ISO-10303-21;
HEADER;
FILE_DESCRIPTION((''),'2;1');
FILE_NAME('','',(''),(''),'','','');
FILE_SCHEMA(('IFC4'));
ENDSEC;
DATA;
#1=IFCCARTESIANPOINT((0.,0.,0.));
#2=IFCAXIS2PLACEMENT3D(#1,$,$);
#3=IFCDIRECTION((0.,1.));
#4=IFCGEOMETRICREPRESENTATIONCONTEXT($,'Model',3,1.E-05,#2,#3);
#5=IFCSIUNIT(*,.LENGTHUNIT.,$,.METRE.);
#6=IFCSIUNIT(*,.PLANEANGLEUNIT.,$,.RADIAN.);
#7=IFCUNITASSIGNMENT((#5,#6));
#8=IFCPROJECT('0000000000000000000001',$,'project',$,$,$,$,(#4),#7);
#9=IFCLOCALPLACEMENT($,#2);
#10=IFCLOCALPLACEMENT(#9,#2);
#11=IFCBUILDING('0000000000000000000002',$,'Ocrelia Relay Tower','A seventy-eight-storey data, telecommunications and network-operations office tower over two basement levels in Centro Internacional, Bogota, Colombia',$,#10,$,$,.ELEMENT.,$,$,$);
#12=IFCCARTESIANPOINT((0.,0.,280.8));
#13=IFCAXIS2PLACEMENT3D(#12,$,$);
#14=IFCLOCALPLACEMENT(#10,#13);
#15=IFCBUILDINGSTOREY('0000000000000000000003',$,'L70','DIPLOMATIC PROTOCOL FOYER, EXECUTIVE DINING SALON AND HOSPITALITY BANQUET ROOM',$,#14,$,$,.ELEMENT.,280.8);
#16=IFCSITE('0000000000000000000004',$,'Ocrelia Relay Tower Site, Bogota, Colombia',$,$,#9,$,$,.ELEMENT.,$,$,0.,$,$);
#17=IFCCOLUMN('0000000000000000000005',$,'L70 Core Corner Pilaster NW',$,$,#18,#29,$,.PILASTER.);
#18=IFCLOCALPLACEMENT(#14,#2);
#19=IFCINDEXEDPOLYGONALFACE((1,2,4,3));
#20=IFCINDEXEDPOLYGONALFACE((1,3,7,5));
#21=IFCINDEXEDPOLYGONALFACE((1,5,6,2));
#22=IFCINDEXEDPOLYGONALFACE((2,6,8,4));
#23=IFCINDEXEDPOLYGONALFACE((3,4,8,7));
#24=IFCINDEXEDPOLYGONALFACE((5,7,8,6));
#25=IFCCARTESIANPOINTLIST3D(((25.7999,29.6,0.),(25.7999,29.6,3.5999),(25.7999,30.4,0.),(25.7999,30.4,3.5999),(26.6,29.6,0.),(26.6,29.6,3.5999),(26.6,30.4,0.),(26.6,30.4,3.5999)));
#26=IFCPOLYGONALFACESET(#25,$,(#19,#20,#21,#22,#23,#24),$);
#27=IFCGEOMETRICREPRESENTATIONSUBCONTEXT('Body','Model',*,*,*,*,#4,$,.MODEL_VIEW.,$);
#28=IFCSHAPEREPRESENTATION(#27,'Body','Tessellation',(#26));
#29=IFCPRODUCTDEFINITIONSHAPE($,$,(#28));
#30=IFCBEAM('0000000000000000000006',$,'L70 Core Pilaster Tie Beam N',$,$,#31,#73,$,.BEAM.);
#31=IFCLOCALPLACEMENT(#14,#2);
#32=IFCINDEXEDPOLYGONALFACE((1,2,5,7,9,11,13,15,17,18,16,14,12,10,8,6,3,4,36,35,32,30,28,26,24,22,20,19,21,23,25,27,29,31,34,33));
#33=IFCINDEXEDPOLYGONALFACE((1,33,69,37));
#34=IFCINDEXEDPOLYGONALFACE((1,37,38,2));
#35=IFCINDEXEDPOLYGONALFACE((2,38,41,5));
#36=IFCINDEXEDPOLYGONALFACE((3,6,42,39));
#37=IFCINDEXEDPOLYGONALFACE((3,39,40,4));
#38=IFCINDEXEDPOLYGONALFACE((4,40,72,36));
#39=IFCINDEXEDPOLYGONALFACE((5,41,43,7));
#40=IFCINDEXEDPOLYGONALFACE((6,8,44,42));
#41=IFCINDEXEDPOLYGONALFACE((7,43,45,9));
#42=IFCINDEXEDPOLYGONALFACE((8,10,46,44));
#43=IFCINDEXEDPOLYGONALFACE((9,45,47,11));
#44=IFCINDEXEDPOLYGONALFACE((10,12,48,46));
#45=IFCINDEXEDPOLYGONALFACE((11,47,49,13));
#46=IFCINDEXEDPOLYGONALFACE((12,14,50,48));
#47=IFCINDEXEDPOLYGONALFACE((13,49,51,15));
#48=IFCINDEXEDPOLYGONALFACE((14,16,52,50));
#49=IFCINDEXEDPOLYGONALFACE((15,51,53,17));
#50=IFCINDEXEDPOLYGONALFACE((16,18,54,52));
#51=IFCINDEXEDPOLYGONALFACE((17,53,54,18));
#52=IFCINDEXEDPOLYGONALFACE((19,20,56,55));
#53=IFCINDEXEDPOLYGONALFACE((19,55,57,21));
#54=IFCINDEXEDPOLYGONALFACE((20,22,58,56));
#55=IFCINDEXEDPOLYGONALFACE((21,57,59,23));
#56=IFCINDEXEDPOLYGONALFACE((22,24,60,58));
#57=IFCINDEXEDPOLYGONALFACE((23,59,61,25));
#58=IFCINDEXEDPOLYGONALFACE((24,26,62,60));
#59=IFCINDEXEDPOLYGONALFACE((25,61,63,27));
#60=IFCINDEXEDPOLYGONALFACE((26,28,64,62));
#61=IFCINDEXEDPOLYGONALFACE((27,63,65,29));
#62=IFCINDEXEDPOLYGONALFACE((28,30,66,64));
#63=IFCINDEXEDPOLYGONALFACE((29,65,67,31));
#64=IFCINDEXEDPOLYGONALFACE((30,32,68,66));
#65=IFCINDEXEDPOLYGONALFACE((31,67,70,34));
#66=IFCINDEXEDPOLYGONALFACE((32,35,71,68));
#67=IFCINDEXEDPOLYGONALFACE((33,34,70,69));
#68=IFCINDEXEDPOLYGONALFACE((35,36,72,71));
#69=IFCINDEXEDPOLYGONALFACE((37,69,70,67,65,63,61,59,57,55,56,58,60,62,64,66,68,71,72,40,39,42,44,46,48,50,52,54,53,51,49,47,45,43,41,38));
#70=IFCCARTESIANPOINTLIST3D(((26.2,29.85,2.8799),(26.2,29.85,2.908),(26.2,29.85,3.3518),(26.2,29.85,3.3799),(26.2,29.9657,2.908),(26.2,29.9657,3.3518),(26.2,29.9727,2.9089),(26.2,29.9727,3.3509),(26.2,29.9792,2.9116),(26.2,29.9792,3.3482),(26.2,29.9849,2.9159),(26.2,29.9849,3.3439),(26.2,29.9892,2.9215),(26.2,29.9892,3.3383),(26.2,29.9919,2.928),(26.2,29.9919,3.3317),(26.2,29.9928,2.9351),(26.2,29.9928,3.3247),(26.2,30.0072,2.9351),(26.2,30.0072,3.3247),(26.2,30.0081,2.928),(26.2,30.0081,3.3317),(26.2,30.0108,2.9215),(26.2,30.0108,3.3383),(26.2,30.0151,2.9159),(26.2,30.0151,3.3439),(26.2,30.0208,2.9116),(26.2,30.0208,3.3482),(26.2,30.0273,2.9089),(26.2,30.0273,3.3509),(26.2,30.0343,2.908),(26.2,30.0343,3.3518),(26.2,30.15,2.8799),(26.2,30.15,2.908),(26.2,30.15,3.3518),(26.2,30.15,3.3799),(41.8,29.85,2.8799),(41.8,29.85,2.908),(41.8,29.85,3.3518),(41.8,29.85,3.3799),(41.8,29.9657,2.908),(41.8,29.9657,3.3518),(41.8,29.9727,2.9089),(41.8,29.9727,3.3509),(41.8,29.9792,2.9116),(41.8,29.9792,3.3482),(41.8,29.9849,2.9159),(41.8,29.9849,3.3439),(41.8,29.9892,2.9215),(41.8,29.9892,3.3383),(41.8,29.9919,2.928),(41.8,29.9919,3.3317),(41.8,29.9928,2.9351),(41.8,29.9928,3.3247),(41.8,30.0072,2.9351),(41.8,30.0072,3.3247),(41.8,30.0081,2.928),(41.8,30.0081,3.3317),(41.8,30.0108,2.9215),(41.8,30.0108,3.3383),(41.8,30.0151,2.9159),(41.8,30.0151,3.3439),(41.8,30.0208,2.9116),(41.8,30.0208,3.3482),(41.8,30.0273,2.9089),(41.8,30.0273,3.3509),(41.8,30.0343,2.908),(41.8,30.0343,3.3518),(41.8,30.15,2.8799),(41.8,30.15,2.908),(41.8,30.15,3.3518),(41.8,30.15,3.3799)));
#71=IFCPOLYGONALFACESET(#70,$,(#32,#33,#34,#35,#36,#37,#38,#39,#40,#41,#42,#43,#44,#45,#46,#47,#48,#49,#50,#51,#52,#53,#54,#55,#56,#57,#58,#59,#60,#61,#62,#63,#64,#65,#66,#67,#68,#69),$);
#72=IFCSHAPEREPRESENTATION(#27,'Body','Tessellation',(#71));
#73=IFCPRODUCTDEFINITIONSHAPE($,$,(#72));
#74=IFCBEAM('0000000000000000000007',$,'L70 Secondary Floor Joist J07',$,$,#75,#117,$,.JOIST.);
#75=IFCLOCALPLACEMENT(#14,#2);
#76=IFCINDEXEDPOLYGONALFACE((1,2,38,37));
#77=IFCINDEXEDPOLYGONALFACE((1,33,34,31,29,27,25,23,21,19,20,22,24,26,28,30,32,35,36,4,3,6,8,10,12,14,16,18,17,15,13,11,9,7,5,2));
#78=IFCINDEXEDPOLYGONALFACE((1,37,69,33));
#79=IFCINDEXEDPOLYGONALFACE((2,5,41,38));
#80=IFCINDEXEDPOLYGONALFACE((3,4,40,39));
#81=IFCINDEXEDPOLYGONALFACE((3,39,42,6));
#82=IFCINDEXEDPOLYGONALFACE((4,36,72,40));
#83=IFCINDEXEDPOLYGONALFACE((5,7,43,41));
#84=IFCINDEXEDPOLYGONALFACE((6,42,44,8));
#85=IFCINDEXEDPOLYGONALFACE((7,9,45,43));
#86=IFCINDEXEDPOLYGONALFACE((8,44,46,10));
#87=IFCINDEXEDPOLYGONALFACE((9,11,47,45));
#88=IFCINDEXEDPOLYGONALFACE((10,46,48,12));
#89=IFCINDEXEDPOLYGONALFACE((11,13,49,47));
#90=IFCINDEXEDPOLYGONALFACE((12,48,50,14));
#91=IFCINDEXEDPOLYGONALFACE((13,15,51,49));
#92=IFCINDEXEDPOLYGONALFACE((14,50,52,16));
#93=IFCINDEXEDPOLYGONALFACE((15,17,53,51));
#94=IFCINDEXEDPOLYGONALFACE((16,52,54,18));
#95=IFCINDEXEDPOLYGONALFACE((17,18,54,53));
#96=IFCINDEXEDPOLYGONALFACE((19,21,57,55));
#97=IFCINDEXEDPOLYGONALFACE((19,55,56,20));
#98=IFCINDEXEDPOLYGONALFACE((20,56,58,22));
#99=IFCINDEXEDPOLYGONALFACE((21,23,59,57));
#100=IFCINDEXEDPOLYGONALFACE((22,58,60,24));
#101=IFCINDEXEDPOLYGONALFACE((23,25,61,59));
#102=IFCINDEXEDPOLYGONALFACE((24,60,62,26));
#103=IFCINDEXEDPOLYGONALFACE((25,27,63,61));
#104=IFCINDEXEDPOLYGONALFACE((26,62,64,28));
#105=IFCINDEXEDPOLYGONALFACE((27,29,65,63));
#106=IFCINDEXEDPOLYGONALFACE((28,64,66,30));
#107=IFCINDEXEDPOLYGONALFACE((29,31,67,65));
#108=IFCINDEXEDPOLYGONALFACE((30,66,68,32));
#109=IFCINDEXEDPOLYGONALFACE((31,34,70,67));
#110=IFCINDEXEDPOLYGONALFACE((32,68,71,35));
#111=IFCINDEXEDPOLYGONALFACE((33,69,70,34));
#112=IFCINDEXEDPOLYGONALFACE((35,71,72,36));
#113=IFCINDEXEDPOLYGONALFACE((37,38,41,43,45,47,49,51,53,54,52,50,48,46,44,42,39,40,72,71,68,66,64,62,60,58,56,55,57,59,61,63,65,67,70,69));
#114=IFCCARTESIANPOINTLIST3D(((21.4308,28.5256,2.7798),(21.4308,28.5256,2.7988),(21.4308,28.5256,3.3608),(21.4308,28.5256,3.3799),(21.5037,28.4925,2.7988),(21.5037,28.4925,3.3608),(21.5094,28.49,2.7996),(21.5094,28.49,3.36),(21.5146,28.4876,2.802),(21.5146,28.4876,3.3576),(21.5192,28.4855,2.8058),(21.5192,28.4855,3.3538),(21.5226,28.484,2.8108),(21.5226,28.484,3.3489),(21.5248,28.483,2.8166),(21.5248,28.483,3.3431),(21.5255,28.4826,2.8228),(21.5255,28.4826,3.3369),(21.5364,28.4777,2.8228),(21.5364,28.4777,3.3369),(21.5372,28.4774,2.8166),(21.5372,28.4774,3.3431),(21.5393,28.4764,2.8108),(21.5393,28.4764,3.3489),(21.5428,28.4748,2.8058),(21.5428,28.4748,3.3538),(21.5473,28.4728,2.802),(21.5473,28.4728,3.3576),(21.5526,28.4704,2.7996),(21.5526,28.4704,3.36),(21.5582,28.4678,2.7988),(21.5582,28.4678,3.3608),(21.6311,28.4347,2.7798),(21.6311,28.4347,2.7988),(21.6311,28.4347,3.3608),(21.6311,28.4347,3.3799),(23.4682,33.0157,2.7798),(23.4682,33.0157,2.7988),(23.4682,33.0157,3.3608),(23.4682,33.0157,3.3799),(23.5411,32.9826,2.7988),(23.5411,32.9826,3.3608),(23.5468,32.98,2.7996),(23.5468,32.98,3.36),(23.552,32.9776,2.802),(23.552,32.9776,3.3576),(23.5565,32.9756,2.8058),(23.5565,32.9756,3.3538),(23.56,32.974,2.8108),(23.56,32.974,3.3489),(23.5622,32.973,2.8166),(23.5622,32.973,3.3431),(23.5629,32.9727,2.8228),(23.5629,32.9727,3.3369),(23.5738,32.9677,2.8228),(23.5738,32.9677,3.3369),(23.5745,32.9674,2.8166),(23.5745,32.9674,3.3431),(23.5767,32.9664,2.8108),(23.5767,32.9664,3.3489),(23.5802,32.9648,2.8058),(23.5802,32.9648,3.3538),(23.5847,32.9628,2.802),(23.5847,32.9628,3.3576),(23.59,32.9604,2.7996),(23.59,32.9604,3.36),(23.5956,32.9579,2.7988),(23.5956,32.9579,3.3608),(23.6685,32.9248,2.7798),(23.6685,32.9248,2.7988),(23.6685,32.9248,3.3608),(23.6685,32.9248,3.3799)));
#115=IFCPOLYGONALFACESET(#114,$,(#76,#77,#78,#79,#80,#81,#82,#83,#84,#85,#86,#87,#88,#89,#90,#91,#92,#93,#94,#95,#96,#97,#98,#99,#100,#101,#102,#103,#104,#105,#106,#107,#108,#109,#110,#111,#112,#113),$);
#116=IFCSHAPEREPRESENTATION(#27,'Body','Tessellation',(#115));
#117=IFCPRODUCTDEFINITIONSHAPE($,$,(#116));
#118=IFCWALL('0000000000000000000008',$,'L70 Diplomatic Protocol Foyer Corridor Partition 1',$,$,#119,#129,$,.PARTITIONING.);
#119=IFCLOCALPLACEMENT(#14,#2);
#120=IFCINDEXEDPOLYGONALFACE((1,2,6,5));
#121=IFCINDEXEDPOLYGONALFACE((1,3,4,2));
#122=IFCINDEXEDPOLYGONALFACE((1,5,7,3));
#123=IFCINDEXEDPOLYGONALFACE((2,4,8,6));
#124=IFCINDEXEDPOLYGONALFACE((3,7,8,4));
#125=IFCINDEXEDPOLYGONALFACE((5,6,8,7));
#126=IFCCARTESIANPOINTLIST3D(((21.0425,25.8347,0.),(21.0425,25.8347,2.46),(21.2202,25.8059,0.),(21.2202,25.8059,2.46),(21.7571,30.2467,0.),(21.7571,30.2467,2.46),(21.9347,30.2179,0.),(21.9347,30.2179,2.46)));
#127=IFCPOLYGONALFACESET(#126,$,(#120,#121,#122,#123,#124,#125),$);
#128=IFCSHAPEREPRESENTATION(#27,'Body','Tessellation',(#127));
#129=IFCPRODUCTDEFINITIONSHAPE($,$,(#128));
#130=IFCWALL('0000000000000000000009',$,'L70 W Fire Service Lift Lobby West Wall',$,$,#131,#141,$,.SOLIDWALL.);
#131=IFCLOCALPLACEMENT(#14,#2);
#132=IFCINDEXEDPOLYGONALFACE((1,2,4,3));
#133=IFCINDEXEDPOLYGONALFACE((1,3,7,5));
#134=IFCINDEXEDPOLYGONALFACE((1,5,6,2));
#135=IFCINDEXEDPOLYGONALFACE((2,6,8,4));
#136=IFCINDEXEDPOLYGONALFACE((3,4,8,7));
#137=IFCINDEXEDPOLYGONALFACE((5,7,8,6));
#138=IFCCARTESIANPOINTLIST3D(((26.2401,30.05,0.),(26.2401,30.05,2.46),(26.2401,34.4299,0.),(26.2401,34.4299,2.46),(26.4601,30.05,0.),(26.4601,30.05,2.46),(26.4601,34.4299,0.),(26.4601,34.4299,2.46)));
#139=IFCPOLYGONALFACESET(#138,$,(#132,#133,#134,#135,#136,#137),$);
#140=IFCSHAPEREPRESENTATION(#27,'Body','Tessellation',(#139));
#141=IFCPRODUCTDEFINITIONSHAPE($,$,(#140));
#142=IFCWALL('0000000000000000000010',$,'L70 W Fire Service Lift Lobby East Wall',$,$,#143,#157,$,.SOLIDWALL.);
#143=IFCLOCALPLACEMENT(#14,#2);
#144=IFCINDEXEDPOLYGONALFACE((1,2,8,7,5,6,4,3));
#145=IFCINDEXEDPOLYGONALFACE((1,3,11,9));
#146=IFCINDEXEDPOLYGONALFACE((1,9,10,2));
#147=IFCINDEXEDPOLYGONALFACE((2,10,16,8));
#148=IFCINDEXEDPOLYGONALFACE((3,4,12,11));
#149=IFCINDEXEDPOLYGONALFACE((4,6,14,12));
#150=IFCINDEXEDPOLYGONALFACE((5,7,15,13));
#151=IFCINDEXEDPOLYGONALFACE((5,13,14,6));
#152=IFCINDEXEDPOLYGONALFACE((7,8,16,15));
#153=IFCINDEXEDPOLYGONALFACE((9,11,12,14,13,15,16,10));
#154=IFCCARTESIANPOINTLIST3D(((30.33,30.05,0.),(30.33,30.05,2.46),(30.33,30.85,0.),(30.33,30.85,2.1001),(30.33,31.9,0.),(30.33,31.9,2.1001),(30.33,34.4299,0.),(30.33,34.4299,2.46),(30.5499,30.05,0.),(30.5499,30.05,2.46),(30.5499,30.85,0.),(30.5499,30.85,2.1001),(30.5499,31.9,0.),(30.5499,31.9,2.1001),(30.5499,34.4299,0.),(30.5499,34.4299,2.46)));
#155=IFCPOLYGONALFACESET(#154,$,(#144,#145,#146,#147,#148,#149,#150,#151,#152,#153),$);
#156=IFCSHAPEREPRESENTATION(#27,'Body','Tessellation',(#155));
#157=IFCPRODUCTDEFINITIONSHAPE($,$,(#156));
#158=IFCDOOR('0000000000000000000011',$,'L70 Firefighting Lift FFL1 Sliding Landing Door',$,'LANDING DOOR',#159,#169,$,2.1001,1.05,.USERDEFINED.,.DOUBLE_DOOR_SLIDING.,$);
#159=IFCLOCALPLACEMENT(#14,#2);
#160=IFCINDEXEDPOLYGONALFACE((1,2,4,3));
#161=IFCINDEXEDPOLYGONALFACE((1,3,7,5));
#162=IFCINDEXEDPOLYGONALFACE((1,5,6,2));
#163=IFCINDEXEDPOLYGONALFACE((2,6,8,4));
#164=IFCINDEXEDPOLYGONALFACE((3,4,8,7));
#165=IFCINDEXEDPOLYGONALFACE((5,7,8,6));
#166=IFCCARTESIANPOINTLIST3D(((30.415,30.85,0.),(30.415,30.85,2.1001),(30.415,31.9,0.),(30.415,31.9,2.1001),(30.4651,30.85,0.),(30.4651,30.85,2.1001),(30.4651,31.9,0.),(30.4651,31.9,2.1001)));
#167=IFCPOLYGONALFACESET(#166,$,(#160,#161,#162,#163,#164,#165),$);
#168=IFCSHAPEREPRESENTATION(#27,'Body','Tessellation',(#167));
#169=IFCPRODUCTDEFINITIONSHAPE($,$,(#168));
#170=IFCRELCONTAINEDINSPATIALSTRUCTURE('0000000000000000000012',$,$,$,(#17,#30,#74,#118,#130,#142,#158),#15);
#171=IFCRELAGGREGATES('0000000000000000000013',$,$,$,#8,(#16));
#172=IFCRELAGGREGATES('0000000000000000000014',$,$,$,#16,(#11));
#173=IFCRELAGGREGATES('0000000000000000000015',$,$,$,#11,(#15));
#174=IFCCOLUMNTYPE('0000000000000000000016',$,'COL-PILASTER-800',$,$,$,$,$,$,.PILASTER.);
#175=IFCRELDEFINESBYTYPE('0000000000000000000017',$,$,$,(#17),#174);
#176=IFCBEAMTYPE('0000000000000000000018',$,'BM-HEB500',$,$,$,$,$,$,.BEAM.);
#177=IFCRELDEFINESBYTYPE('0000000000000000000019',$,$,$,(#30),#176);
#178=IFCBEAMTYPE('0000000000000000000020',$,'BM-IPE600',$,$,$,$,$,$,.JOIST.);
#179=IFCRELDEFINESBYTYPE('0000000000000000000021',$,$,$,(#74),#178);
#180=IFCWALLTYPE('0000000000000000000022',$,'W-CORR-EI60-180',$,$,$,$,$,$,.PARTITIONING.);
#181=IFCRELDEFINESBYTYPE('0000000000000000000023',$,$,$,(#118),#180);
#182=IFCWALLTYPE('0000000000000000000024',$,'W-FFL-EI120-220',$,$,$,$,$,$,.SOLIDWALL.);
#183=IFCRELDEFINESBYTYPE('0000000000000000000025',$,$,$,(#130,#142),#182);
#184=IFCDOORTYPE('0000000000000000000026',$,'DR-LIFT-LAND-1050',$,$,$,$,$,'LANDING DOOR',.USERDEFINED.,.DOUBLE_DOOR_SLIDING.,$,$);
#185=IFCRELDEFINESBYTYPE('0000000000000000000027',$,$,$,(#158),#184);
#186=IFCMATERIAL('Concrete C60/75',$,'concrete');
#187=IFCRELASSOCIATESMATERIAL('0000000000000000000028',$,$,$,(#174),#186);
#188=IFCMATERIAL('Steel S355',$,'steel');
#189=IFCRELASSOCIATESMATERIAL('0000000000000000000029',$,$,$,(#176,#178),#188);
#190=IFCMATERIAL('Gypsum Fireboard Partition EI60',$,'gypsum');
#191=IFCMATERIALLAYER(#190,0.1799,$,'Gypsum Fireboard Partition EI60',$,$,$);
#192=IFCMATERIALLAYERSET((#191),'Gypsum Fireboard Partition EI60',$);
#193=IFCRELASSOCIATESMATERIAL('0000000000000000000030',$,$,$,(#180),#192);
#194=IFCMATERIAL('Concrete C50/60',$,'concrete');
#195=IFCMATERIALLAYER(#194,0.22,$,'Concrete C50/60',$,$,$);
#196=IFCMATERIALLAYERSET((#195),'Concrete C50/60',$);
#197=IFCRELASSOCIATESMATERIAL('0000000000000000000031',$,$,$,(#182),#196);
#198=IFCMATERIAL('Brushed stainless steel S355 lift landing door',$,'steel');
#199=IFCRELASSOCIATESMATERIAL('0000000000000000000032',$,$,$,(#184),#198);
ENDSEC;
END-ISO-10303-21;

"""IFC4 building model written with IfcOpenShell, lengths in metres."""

from ifc_helpers import new_model, si_unit, direction, frame, frame_2d, origin, origin_2d, place, context, subcontext, project, spatial, rectangle, i_section, extrude, material, layer, layer_set, material_profile, profile_set, type_object, element, fill, save


model = new_model("IFC4")

# Units and contexts
model_context = context("Model", 3, precision=1e-05, world=origin(), true_north=direction((0.0, 1.0)))
body_context = subcontext(model_context, "Body", "Model", "MODEL_VIEW")
ifc_project = project(units=[si_unit("LENGTHUNIT", "METRE"), si_unit("PLANEANGLEUNIT", "RADIAN")], contexts=[model_context])

# Site, building, storey
site_placement = place(None, origin())
site = spatial("IfcSite", under=ifc_project, at=site_placement, Name="Ocrelia Relay Tower Site, Bogota, Colombia", CompositionType="ELEMENT", RefElevation=0.0)
building_placement = place(site_placement, origin())
building = spatial("IfcBuilding", under=site, at=building_placement, Name="Ocrelia Relay Tower", Description="A seventy-eight-storey data, telecommunications and network-operations office tower over two basement levels in Centro Internacional, Bogota, Colombia", CompositionType="ELEMENT")
storey_placement = place(building_placement, frame((0.0, 0.0, 280.8)))
storey = spatial("IfcBuildingStorey", under=building, at=storey_placement, Name="L70", Description="DIPLOMATIC PROTOCOL FOYER, EXECUTIVE DINING SALON AND HOSPITALITY BANQUET ROOM", CompositionType="ELEMENT", Elevation=280.8)

# Column
ifc_material_1 = material(Name="Concrete C60/75", Category="concrete")
ifc_material_profile_1 = material_profile(ifc_material_1, rectangle(XDim=0.8, YDim=0.8, at=origin_2d()), Name="RC-COL-800x800")
ifc_profile_set_1 = profile_set([ifc_material_profile_1], Name="Concrete C60/75")
column_type = type_object("IfcColumnType", Name="COL-PILASTER-800", PredefinedType="PILASTER", material=ifc_profile_set_1)
column_placement = place(storey_placement, frame((26.2, 30.0, 0.0), z_axis=(0.0, 0.0, 1.0), x_axis=(1.0, 0.0, 0.0)))
element("IfcColumn", 1, at=column_placement, inside=storey, type_object=column_type, Name="L70 Core Corner Pilaster NW", PredefinedType="PILASTER", context=body_context, shape_type="SweptSolid", body=[
    extrude(rectangle(XDim=0.8, YDim=0.8, at=origin_2d()), origin(), (0.0, 0.0, 1.0), 3.5999),
])

# Beams
ifc_material_2 = material(Name="Steel S355", Category="steel")
ifc_material_profile_2 = material_profile(ifc_material_2, i_section(OverallWidth=0.3, OverallDepth=0.5, WebThickness=0.0144, FlangeThickness=0.0281, FilletRadius=0.0271, at=origin_2d()), Name="HEB 500")
ifc_profile_set_2 = profile_set([ifc_material_profile_2], Name="Steel S355")
beam_type_1 = type_object("IfcBeamType", Name="BM-HEB500", PredefinedType="BEAM", material=ifc_profile_set_2)
beam_1_placement = place(storey_placement, frame((26.2, 30.0, 3.1299), z_axis=(1.0, 0.0, 0.0), x_axis=(0.0, 1.0, 0.0)))
element("IfcBeam", 2, at=beam_1_placement, inside=storey, type_object=beam_type_1, Name="L70 Core Pilaster Tie Beam N", PredefinedType="BEAM", context=body_context, shape_type="SweptSolid", body=[
    extrude(i_section(OverallWidth=0.3, OverallDepth=0.5, WebThickness=0.0144, FlangeThickness=0.0281, FilletRadius=0.0271, at=origin_2d()), origin(), (0.0, 0.0, 1.0), 15.6001),
])
ifc_material_profile_3 = material_profile(ifc_material_2, i_section(OverallWidth=0.22, OverallDepth=0.6001, WebThickness=0.012, FlangeThickness=0.019, FilletRadius=0.0239, at=origin_2d()), Name="IPE 600")
ifc_profile_set_3 = profile_set([ifc_material_profile_3], Name="Steel S355")
beam_type_2 = type_object("IfcBeamType", Name="BM-IPE600", PredefinedType="JOIST", material=ifc_profile_set_3)
beam_2_placement = place(storey_placement, frame((23.5684, 32.9702, 3.0798), z_axis=(-0.413206, -0.910638, 0.0), x_axis=(0.910638, -0.413206, 0.0)))
element("IfcBeam", 3, at=beam_2_placement, inside=storey, type_object=beam_type_2, Name="L70 Secondary Floor Joist J07", PredefinedType="JOIST", context=body_context, shape_type="SweptSolid", body=[
    extrude(i_section(OverallWidth=0.22, OverallDepth=0.6001, WebThickness=0.012, FlangeThickness=0.019, FilletRadius=0.0239, at=origin_2d()), origin(), (0.0, 0.0, 1.0), 4.9307),
])

# Shared definitions
ifc_material_3 = material(Name="Concrete C50/60", Category="concrete")

# Walls
ifc_material_4 = material(Name="Gypsum Fireboard Partition EI60", Category="gypsum")
ifc_layer_1 = layer(ifc_material_4, 0.1799, Name="Gypsum Fireboard Partition EI60")
ifc_layer_set_1 = layer_set([ifc_layer_1], Name="Gypsum Fireboard Partition EI60")
wall_type_1 = type_object("IfcWallType", Name="W-CORR-EI60-180", PredefinedType="PARTITIONING", material=ifc_layer_set_1)
wall_1_placement = place(storey_placement, frame((21.8459, 30.2324, 0.0), z_axis=(0.0, 0.0, 1.0), x_axis=(-0.15988, -0.987136, 0.0)))
element("IfcWall", 4, at=wall_1_placement, inside=storey, type_object=wall_type_1, Name="L70 Diplomatic Protocol Foyer Corridor Partition 1", PredefinedType="PARTITIONING", context=body_context, shape_type="SweptSolid", body=[
    extrude(rectangle(XDim=4.4695, YDim=0.1799, at=frame_2d((2.2349, 0.0))), origin(), (0.0, 0.0, 1.0), 2.46),
])
ifc_layer_2 = layer(ifc_material_3, 0.22, Name="Concrete C50/60")
ifc_layer_set_2 = layer_set([ifc_layer_2], Name="Concrete C50/60")
wall_type_2 = type_object("IfcWallType", Name="W-FFL-EI120-220", PredefinedType="SOLIDWALL", material=ifc_layer_set_2)
wall_2_placement = place(storey_placement, frame((26.3501, 30.05, 0.0), z_axis=(0.0, 0.0, 1.0), x_axis=(0.0, 1.0, 0.0)))
element("IfcWall", 5, at=wall_2_placement, inside=storey, type_object=wall_type_2, Name="L70 W Fire Service Lift Lobby West Wall", PredefinedType="SOLIDWALL", context=body_context, shape_type="SweptSolid", body=[
    extrude(rectangle(XDim=4.3799, YDim=0.22, at=frame_2d((2.1899, 0.0))), origin(), (0.0, 0.0, 1.0), 2.46),
])

# Wall, opening, door
wall_3_placement = place(storey_placement, frame((30.4399, 30.05, 0.0), z_axis=(0.0, 0.0, 1.0), x_axis=(0.0, 1.0, 0.0)))
wall_3 = element("IfcWall", 6, at=wall_3_placement, inside=storey, type_object=wall_type_2, Name="L70 W Fire Service Lift Lobby East Wall", PredefinedType="SOLIDWALL", context=body_context, shape_type="SweptSolid", body=[
    extrude(rectangle(XDim=4.3799, YDim=0.22, at=frame_2d((2.1899, 0.0))), origin(), (0.0, 0.0, 1.0), 2.46),
])
opening_1_placement = place(wall_3_placement, frame((0.8, 0.0, 0.0)))
opening_1 = element("IfcOpeningElement", 7, at=opening_1_placement, cuts=wall_3, PredefinedType="OPENING", context=body_context, shape_type="SweptSolid", body=[
    extrude(rectangle(XDim=1.05, YDim=2.1001, at=frame_2d((0.5249, 1.05))), frame((0.0, 0.1201, 0.0), z_axis=(0.0, -1.0, 0.0), x_axis=(1.0, 0.0, 0.0)), (0.0, 0.0, 1.0), 0.24),
])
ifc_material_5 = material(Name="Brushed stainless steel S355 lift landing door", Category="steel")
door_type_1 = type_object("IfcDoorType", Name="DR-LIFT-LAND-1050", ElementType="LANDING DOOR", OperationType="DOUBLE_DOOR_SLIDING", PredefinedType="USERDEFINED", material=ifc_material_5)
door_1_placement = place(opening_1_placement, origin())
door_1 = element("IfcDoor", 8, at=door_1_placement, inside=storey, type_object=door_type_1, Name="L70 Firefighting Lift FFL1 Sliding Landing Door", ObjectType="LANDING DOOR", OperationType="DOUBLE_DOOR_SLIDING", OverallHeight=2.1001, OverallWidth=1.05, PredefinedType="USERDEFINED", context=body_context, shape_type="SweptSolid", body=[
    extrude(rectangle(XDim=1.05, YDim=2.1001, at=frame_2d((0.5249, 1.05))), frame((0.0, 0.0249, 0.0), z_axis=(0.0, -1.0, 0.0), x_axis=(1.0, 0.0, 0.0)), (0.0, 0.0, 1.0), 0.05),
])
fill(opening_1, door_1)

save(model, "model.ifc")
